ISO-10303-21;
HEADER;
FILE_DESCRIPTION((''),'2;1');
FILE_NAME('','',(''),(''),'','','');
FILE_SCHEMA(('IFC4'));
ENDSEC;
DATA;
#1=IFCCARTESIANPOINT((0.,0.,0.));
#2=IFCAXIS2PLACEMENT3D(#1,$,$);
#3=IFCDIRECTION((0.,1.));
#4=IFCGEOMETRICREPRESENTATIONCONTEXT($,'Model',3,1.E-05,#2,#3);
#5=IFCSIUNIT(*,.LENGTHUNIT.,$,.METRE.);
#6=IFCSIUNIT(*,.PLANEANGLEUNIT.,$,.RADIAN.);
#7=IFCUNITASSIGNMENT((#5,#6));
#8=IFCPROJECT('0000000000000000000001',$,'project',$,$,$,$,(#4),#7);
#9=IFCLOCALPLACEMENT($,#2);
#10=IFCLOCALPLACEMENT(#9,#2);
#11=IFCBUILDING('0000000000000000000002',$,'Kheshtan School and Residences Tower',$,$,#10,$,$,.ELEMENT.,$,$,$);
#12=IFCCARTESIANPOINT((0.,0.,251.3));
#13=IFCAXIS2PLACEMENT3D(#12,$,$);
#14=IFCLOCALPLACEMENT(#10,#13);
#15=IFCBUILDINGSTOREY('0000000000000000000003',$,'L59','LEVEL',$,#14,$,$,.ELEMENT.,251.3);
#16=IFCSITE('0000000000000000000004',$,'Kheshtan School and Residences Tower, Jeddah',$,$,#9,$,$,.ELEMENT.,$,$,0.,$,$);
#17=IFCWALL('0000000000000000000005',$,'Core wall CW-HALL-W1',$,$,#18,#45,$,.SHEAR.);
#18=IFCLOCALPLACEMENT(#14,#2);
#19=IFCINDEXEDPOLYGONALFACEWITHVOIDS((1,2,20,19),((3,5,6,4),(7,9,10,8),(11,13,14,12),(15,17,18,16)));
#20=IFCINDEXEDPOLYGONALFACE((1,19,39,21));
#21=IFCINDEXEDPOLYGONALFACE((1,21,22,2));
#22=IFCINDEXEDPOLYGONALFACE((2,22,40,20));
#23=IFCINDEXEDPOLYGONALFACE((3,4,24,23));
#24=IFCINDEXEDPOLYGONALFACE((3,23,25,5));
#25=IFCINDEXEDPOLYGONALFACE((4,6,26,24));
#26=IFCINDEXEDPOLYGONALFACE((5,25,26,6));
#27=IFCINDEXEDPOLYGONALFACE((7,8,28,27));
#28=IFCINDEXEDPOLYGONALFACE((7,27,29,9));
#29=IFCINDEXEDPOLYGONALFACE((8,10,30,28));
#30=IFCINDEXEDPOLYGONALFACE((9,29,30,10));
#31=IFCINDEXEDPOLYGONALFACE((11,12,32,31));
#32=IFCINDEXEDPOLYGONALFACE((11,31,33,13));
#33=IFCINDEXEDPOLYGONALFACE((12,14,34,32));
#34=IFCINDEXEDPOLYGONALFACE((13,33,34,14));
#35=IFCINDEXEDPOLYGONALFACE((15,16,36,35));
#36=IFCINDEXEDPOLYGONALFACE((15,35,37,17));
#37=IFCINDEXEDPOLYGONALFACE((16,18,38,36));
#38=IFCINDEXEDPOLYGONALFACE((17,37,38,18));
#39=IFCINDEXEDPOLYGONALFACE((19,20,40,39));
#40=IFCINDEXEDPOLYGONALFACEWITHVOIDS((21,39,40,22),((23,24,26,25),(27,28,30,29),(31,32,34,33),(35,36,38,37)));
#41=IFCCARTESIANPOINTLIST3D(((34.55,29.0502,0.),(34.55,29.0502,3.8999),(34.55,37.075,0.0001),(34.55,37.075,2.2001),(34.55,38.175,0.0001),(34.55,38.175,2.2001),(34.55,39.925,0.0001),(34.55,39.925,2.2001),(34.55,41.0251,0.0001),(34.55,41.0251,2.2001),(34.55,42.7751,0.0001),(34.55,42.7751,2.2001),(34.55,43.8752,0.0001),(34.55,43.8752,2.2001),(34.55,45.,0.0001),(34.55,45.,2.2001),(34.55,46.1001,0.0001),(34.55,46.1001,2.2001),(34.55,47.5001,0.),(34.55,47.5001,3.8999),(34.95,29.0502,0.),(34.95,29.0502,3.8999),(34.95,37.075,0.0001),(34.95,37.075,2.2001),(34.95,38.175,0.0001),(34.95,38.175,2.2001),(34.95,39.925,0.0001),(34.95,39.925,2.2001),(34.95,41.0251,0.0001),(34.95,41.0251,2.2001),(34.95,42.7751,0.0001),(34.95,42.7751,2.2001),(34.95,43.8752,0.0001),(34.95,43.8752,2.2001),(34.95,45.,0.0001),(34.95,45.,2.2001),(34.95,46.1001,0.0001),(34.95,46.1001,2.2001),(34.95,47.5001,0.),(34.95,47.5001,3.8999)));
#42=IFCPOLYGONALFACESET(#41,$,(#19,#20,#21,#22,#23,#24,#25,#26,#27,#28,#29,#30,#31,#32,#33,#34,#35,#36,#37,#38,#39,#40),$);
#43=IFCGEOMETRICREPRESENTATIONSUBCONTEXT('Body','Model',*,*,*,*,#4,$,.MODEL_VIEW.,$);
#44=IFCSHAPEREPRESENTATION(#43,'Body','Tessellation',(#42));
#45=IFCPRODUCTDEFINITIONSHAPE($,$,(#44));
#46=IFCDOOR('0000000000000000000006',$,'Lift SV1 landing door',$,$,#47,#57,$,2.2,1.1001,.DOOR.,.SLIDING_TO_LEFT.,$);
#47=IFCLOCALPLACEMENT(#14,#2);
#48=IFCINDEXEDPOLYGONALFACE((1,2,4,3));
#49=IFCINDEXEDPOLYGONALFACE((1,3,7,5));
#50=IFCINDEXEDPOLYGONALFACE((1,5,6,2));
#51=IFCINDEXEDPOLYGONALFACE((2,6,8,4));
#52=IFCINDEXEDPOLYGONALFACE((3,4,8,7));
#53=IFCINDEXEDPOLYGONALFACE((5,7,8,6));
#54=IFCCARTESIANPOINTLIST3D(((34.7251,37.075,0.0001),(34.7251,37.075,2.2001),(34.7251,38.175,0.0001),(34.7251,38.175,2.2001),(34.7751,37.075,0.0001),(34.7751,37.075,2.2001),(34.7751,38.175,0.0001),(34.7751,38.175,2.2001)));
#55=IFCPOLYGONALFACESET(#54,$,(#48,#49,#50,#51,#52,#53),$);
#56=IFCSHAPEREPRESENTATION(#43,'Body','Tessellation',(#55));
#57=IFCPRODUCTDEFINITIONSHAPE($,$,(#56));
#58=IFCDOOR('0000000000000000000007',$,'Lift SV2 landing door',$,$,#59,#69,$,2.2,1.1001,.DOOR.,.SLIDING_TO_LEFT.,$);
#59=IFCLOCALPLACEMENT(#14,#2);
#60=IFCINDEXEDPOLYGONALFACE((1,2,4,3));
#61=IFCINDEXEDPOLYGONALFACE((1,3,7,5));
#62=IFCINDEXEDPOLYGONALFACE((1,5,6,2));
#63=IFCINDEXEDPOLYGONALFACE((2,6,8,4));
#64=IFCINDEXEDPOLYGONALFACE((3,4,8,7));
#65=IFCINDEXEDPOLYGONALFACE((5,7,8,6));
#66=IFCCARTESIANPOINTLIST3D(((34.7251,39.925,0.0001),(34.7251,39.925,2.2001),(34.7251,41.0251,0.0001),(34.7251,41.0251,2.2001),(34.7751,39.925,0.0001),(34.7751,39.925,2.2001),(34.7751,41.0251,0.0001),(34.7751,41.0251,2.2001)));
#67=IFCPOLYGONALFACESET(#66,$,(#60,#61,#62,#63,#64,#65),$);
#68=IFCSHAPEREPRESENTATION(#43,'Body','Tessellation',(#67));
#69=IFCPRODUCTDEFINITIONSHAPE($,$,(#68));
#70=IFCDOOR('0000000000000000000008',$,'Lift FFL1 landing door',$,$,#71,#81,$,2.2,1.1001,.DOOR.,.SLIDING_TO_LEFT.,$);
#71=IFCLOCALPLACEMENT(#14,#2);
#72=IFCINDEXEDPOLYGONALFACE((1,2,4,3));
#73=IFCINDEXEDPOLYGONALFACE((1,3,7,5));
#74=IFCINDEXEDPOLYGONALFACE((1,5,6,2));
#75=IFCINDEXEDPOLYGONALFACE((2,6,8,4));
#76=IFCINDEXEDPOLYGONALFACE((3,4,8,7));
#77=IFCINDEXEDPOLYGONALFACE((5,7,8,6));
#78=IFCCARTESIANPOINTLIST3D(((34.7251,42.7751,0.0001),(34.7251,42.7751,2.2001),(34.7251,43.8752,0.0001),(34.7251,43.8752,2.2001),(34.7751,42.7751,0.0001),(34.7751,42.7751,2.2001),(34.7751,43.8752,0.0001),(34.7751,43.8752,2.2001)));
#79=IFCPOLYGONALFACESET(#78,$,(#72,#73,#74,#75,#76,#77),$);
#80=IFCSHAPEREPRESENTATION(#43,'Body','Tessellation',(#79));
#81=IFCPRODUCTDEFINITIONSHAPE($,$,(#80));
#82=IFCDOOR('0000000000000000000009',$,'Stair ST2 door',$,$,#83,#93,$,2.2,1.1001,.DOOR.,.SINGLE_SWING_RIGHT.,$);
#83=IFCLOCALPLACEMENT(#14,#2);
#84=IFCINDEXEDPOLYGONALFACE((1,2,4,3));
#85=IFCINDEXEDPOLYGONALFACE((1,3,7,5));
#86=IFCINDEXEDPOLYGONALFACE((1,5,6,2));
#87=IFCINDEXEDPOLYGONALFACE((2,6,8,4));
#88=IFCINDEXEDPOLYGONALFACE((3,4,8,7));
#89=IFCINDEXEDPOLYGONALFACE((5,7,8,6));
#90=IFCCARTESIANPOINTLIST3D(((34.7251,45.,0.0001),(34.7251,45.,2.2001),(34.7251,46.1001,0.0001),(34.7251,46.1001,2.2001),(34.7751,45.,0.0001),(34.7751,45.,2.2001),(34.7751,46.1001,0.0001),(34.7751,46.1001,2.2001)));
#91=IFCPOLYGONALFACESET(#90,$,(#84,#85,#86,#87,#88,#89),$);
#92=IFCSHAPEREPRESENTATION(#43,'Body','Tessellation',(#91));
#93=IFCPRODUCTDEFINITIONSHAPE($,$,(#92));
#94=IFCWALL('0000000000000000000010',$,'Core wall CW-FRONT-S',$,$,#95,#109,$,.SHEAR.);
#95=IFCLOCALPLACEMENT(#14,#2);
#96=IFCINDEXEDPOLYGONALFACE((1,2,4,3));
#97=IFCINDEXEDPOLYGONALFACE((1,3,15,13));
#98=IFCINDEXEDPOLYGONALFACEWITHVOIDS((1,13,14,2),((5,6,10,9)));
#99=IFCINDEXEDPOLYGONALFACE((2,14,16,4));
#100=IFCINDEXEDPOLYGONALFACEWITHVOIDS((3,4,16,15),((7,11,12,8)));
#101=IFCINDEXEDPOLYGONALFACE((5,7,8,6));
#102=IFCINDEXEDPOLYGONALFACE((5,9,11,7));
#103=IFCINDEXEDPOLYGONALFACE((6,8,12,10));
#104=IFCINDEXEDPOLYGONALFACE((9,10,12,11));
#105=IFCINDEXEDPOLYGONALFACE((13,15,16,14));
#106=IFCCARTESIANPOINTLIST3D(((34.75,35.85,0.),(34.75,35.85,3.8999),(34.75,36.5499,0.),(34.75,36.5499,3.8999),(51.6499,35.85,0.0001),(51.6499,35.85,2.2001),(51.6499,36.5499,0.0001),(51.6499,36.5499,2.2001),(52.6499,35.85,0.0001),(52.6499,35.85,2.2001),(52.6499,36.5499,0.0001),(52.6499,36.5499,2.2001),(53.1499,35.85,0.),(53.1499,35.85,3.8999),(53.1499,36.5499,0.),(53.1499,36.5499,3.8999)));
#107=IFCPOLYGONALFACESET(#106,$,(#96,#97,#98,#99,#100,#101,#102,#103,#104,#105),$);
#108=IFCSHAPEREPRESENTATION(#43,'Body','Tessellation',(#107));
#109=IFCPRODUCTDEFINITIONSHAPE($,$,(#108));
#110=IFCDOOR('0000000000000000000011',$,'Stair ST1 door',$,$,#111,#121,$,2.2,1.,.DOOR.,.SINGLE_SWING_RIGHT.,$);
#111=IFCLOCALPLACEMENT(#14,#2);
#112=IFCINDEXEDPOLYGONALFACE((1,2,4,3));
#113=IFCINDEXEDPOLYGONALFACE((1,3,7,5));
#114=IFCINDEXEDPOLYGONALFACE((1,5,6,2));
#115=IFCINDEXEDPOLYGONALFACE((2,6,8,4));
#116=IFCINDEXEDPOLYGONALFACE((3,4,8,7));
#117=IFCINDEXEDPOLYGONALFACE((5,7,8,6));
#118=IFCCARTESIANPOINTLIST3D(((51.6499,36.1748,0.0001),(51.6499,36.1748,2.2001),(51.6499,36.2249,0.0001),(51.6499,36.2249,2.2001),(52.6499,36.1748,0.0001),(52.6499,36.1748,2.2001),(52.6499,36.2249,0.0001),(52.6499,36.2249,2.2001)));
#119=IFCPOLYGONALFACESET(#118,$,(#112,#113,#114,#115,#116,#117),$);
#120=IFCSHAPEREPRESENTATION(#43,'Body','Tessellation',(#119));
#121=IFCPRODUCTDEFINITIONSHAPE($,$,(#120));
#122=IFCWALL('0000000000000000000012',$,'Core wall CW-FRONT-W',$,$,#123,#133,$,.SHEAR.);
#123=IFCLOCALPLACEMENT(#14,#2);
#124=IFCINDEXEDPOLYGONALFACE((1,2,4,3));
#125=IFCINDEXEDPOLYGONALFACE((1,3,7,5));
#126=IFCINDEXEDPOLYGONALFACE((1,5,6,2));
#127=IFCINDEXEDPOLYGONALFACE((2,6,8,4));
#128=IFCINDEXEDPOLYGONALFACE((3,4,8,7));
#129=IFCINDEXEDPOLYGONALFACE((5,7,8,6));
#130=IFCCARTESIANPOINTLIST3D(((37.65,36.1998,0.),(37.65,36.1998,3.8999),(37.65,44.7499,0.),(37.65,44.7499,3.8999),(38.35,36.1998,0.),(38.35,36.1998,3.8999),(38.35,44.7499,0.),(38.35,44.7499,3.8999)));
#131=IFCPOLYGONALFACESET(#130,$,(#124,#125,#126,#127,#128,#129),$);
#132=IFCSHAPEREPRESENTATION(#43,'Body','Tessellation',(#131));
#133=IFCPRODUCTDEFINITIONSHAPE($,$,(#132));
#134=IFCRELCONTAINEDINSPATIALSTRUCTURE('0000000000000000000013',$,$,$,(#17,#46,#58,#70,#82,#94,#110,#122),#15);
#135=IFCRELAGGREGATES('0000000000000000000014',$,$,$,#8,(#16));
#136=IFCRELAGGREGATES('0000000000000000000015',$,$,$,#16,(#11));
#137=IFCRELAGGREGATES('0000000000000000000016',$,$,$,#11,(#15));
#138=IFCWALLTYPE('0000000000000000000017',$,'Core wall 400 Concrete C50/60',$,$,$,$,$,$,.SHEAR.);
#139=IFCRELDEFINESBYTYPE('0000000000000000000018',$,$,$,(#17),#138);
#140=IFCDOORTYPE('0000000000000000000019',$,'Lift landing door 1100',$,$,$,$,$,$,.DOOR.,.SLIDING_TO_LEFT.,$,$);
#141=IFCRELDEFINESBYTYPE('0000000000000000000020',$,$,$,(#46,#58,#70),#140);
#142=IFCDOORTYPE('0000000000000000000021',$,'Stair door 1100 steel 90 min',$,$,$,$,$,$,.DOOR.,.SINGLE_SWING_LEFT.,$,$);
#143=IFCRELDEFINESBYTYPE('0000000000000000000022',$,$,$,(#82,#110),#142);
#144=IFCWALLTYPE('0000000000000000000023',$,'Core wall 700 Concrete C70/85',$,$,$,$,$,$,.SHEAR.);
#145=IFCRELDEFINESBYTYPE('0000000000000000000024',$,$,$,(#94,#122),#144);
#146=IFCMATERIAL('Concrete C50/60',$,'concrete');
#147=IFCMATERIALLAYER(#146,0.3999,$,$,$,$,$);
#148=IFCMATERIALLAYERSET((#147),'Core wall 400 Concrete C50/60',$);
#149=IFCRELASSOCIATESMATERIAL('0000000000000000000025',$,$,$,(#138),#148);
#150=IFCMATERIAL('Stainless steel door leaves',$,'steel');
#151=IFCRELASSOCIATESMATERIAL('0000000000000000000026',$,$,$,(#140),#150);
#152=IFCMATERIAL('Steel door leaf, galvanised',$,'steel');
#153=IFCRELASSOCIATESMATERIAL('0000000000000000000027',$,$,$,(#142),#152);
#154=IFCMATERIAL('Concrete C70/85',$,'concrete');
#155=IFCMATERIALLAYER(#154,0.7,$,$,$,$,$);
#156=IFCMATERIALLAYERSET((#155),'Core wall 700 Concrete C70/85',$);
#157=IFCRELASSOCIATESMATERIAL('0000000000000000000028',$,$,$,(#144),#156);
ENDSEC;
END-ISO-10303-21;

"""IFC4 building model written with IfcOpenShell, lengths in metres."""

from ifc_helpers import new_model, si_unit, direction, frame, frame_2d, origin, place, context, subcontext, project, spatial, rectangle, extrude, source, transform, mapped, material, layer, layer_set, type_object, element, fill, save


model = new_model("IFC4")

# Units and contexts
model_context = context("Model", 3, precision=1e-05, world=origin(), true_north=direction((0.0, 1.0)))
body_context = subcontext(model_context, "Body", "Model", "MODEL_VIEW")
ifc_project = project(units=[si_unit("LENGTHUNIT", "METRE"), si_unit("PLANEANGLEUNIT", "RADIAN")], contexts=[model_context])

# Site, building, storey
site_placement = place(None, origin())
site = spatial("IfcSite", under=ifc_project, at=site_placement, Name="Kheshtan School and Residences Tower, Jeddah", CompositionType="ELEMENT", RefElevation=0.0)
building_placement = place(site_placement, origin())
building = spatial("IfcBuilding", under=site, at=building_placement, Name="Kheshtan School and Residences Tower", CompositionType="ELEMENT")
storey_placement = place(building_placement, frame((0.0, 0.0, 251.3)))
storey = spatial("IfcBuildingStorey", under=building, at=storey_placement, Name="L59", Description="LEVEL", CompositionType="ELEMENT", Elevation=251.3)

# Shared definitions
ifc_material_1 = material(Name="Concrete C50/60", Category="concrete")
ifc_layer_1 = layer(ifc_material_1, 0.3999)
ifc_layer_set_1 = layer_set([ifc_layer_1], Name="Core wall 400 Concrete C50/60")
wall_type_1 = type_object("IfcWallType", Name="Core wall 400 Concrete C50/60", PredefinedType="SHEAR", material=ifc_layer_set_1)
ifc_material_2 = material(Name="Stainless steel door leaves", Category="steel")
door_type_1 = type_object("IfcDoorType", Name="Lift landing door 1100", OperationType="SLIDING_TO_LEFT", PredefinedType="DOOR", material=ifc_material_2)
shared_shape_1 = source(origin(), body_context, "Body", "SweptSolid", [
    extrude(rectangle(XDim=1.1001, YDim=2.2, at=frame_2d((0.55, 1.1001))), frame((0.0, 0.0249, 0.0), z_axis=(0.0, -1.0, 0.0), x_axis=(1.0, 0.0, 0.0)), (0.0, 0.0, 1.0), 0.05),
])

# Wall, openings, doors
wall_1_placement = place(storey_placement, frame((34.75, 29.05, 0.0), z_axis=(0.0, 0.0, 1.0), x_axis=(0.0, 1.0, 0.0)))
wall_1 = element("IfcWall", 1, at=wall_1_placement, inside=storey, type_object=wall_type_1, Name="Core wall CW-HALL-W1", PredefinedType="SHEAR", context=body_context, shape_type="SweptSolid", body=[
    extrude(rectangle(XDim=18.45, YDim=0.3999, at=frame_2d((9.2251, 0.0))), origin(), (0.0, 0.0, 1.0), 3.8999),
])
opening_1_placement = place(wall_1_placement, frame((8.0249, 0.0, 0.0)))
opening_1 = element("IfcOpeningElement", 2, at=opening_1_placement, cuts=wall_1, PredefinedType="OPENING", context=body_context, shape_type="SweptSolid", body=[
    extrude(rectangle(XDim=1.1001, YDim=2.2, at=frame_2d((0.55, 1.1001))), frame((0.0, 0.21, 0.0), z_axis=(0.0, -1.0, 0.0), x_axis=(1.0, 0.0, 0.0)), (0.0, 0.0, 1.0), 0.4199),
])
opening_2_placement = place(wall_1_placement, frame((10.875, 0.0, 0.0)))
opening_2 = element("IfcOpeningElement", 3, at=opening_2_placement, cuts=wall_1, PredefinedType="OPENING", context=body_context, shape_type="SweptSolid", body=[
    extrude(rectangle(XDim=1.1001, YDim=2.2, at=frame_2d((0.55, 1.1001))), frame((0.0, 0.21, 0.0), z_axis=(0.0, -1.0, 0.0), x_axis=(1.0, 0.0, 0.0)), (0.0, 0.0, 1.0), 0.4199),
])
opening_3_placement = place(wall_1_placement, frame((13.7251, 0.0, 0.0)))
opening_3 = element("IfcOpeningElement", 4, at=opening_3_placement, cuts=wall_1, PredefinedType="OPENING", context=body_context, shape_type="SweptSolid", body=[
    extrude(rectangle(XDim=1.1001, YDim=2.2, at=frame_2d((0.55, 1.1001))), frame((0.0, 0.21, 0.0), z_axis=(0.0, -1.0, 0.0), x_axis=(1.0, 0.0, 0.0)), (0.0, 0.0, 1.0), 0.4199),
])
opening_4_placement = place(wall_1_placement, frame((15.95, 0.0, 0.0)))
opening_4 = element("IfcOpeningElement", 5, at=opening_4_placement, cuts=wall_1, PredefinedType="OPENING", context=body_context, shape_type="SweptSolid", body=[
    extrude(rectangle(XDim=1.1001, YDim=2.2, at=frame_2d((0.55, 1.1001))), frame((0.0, 0.21, 0.0), z_axis=(0.0, -1.0, 0.0), x_axis=(1.0, 0.0, 0.0)), (0.0, 0.0, 1.0), 0.4199),
])
door_1_placement = place(opening_1_placement, origin())
door_1 = element("IfcDoor", 6, at=door_1_placement, inside=storey, type_object=door_type_1, Name="Lift SV1 landing door", OperationType="SLIDING_TO_LEFT", OverallHeight=2.2, OverallWidth=1.1001, PredefinedType="DOOR", context=body_context, shape_type="MappedRepresentation", body=[
    mapped(shared_shape_1, transform((0.0, 0.0, 0.0), x_axis=(1.0, 0.0, 0.0), y_axis=(0.0, 1.0, 0.0), z_axis=(0.0, 0.0, 1.0), scale=1.0)),
])
fill(opening_1, door_1)
door_2_placement = place(opening_2_placement, origin())
door_2 = element("IfcDoor", 7, at=door_2_placement, inside=storey, type_object=door_type_1, Name="Lift SV2 landing door", OperationType="SLIDING_TO_LEFT", OverallHeight=2.2, OverallWidth=1.1001, PredefinedType="DOOR", context=body_context, shape_type="MappedRepresentation", body=[
    mapped(shared_shape_1, transform((0.0, 0.0, 0.0), x_axis=(1.0, 0.0, 0.0), y_axis=(0.0, 1.0, 0.0), z_axis=(0.0, 0.0, 1.0), scale=1.0)),
])
fill(opening_2, door_2)
door_3_placement = place(opening_3_placement, origin())
door_3 = element("IfcDoor", 8, at=door_3_placement, inside=storey, type_object=door_type_1, Name="Lift FFL1 landing door", OperationType="SLIDING_TO_LEFT", OverallHeight=2.2, OverallWidth=1.1001, PredefinedType="DOOR", context=body_context, shape_type="MappedRepresentation", body=[
    mapped(shared_shape_1, transform((0.0, 0.0, 0.0), x_axis=(1.0, 0.0, 0.0), y_axis=(0.0, 1.0, 0.0), z_axis=(0.0, 0.0, 1.0), scale=1.0)),
])
fill(opening_3, door_3)
ifc_material_3 = material(Name="Steel door leaf, galvanised", Category="steel")
door_type_2 = type_object("IfcDoorType", Name="Stair door 1100 steel 90 min", OperationType="SINGLE_SWING_LEFT", PredefinedType="DOOR", material=ifc_material_3)
shared_shape_2 = source(origin(), body_context, "Body", "SweptSolid", [
    extrude(rectangle(XDim=1.1001, YDim=2.2, at=frame_2d((0.55, 1.1001))), frame((0.0, 0.0249, 0.0), z_axis=(0.0, -1.0, 0.0), x_axis=(1.0, 0.0, 0.0)), (0.0, 0.0, 1.0), 0.05),
])
door_4_placement = place(opening_4_placement, origin())
door_4 = element("IfcDoor", 9, at=door_4_placement, inside=storey, type_object=door_type_2, Name="Stair ST2 door", OperationType="SINGLE_SWING_RIGHT", OverallHeight=2.2, OverallWidth=1.1001, PredefinedType="DOOR", context=body_context, shape_type="MappedRepresentation", body=[
    mapped(shared_shape_2, transform((0.0, 0.0, 0.0), x_axis=(1.0, 0.0, 0.0), y_axis=(0.0, 1.0, 0.0), z_axis=(0.0, 0.0, 1.0), scale=1.0)),
])
fill(opening_4, door_4)

# Wall, opening, door
ifc_material_4 = material(Name="Concrete C70/85", Category="concrete")
ifc_layer_2 = layer(ifc_material_4, 0.7)
ifc_layer_set_2 = layer_set([ifc_layer_2], Name="Core wall 700 Concrete C70/85")
wall_type_2 = type_object("IfcWallType", Name="Core wall 700 Concrete C70/85", PredefinedType="SHEAR", material=ifc_layer_set_2)
wall_2_placement = place(storey_placement, frame((34.75, 36.2, 0.0), z_axis=(0.0, 0.0, 1.0), x_axis=(1.0, 0.0, 0.0)))
wall_2 = element("IfcWall", 10, at=wall_2_placement, inside=storey, type_object=wall_type_2, Name="Core wall CW-FRONT-S", PredefinedType="SHEAR", context=body_context, shape_type="SweptSolid", body=[
    extrude(rectangle(XDim=18.3999, YDim=0.7, at=frame_2d((9.2, 0.0))), origin(), (0.0, 0.0, 1.0), 3.8999),
])
opening_5_placement = place(wall_2_placement, frame((16.8999, 0.0, 0.0)))
opening_5 = element("IfcOpeningElement", 11, at=opening_5_placement, cuts=wall_2, PredefinedType="OPENING", context=body_context, shape_type="SweptSolid", body=[
    extrude(rectangle(XDim=1.0, YDim=2.2, at=frame_2d((0.5, 1.1001))), frame((0.0, 0.3599, 0.0), z_axis=(0.0, -1.0, 0.0), x_axis=(1.0, 0.0, 0.0)), (0.0, 0.0, 1.0), 0.72),
])
shared_shape_3 = source(origin(), body_context, "Body", "SweptSolid", [
    extrude(rectangle(XDim=1.0, YDim=2.2, at=frame_2d((0.5, 1.1001))), frame((0.0, 0.0249, 0.0), z_axis=(0.0, -1.0, 0.0), x_axis=(1.0, 0.0, 0.0)), (0.0, 0.0, 1.0), 0.05),
])
door_5_placement = place(opening_5_placement, origin())
door_5 = element("IfcDoor", 12, at=door_5_placement, inside=storey, type_object=door_type_2, Name="Stair ST1 door", OperationType="SINGLE_SWING_RIGHT", OverallHeight=2.2, OverallWidth=1.0, PredefinedType="DOOR", context=body_context, shape_type="MappedRepresentation", body=[
    mapped(shared_shape_3, transform((0.0, 0.0, 0.0), x_axis=(1.0, 0.0, 0.0), y_axis=(0.0, 1.0, 0.0), z_axis=(0.0, 0.0, 1.0), scale=1.0)),
])
fill(opening_5, door_5)

# Wall
wall_3_placement = place(storey_placement, frame((38.0, 36.2, 0.0), z_axis=(0.0, 0.0, 1.0), x_axis=(0.0, 1.0, 0.0)))
element("IfcWall", 13, at=wall_3_placement, inside=storey, type_object=wall_type_2, Name="Core wall CW-FRONT-W", PredefinedType="SHEAR", context=body_context, shape_type="SweptSolid", body=[
    extrude(rectangle(XDim=8.55, YDim=0.7, at=frame_2d((4.2749, 0.0))), origin(), (0.0, 0.0, 1.0), 3.8999),
])

save(model, "model.ifc")
